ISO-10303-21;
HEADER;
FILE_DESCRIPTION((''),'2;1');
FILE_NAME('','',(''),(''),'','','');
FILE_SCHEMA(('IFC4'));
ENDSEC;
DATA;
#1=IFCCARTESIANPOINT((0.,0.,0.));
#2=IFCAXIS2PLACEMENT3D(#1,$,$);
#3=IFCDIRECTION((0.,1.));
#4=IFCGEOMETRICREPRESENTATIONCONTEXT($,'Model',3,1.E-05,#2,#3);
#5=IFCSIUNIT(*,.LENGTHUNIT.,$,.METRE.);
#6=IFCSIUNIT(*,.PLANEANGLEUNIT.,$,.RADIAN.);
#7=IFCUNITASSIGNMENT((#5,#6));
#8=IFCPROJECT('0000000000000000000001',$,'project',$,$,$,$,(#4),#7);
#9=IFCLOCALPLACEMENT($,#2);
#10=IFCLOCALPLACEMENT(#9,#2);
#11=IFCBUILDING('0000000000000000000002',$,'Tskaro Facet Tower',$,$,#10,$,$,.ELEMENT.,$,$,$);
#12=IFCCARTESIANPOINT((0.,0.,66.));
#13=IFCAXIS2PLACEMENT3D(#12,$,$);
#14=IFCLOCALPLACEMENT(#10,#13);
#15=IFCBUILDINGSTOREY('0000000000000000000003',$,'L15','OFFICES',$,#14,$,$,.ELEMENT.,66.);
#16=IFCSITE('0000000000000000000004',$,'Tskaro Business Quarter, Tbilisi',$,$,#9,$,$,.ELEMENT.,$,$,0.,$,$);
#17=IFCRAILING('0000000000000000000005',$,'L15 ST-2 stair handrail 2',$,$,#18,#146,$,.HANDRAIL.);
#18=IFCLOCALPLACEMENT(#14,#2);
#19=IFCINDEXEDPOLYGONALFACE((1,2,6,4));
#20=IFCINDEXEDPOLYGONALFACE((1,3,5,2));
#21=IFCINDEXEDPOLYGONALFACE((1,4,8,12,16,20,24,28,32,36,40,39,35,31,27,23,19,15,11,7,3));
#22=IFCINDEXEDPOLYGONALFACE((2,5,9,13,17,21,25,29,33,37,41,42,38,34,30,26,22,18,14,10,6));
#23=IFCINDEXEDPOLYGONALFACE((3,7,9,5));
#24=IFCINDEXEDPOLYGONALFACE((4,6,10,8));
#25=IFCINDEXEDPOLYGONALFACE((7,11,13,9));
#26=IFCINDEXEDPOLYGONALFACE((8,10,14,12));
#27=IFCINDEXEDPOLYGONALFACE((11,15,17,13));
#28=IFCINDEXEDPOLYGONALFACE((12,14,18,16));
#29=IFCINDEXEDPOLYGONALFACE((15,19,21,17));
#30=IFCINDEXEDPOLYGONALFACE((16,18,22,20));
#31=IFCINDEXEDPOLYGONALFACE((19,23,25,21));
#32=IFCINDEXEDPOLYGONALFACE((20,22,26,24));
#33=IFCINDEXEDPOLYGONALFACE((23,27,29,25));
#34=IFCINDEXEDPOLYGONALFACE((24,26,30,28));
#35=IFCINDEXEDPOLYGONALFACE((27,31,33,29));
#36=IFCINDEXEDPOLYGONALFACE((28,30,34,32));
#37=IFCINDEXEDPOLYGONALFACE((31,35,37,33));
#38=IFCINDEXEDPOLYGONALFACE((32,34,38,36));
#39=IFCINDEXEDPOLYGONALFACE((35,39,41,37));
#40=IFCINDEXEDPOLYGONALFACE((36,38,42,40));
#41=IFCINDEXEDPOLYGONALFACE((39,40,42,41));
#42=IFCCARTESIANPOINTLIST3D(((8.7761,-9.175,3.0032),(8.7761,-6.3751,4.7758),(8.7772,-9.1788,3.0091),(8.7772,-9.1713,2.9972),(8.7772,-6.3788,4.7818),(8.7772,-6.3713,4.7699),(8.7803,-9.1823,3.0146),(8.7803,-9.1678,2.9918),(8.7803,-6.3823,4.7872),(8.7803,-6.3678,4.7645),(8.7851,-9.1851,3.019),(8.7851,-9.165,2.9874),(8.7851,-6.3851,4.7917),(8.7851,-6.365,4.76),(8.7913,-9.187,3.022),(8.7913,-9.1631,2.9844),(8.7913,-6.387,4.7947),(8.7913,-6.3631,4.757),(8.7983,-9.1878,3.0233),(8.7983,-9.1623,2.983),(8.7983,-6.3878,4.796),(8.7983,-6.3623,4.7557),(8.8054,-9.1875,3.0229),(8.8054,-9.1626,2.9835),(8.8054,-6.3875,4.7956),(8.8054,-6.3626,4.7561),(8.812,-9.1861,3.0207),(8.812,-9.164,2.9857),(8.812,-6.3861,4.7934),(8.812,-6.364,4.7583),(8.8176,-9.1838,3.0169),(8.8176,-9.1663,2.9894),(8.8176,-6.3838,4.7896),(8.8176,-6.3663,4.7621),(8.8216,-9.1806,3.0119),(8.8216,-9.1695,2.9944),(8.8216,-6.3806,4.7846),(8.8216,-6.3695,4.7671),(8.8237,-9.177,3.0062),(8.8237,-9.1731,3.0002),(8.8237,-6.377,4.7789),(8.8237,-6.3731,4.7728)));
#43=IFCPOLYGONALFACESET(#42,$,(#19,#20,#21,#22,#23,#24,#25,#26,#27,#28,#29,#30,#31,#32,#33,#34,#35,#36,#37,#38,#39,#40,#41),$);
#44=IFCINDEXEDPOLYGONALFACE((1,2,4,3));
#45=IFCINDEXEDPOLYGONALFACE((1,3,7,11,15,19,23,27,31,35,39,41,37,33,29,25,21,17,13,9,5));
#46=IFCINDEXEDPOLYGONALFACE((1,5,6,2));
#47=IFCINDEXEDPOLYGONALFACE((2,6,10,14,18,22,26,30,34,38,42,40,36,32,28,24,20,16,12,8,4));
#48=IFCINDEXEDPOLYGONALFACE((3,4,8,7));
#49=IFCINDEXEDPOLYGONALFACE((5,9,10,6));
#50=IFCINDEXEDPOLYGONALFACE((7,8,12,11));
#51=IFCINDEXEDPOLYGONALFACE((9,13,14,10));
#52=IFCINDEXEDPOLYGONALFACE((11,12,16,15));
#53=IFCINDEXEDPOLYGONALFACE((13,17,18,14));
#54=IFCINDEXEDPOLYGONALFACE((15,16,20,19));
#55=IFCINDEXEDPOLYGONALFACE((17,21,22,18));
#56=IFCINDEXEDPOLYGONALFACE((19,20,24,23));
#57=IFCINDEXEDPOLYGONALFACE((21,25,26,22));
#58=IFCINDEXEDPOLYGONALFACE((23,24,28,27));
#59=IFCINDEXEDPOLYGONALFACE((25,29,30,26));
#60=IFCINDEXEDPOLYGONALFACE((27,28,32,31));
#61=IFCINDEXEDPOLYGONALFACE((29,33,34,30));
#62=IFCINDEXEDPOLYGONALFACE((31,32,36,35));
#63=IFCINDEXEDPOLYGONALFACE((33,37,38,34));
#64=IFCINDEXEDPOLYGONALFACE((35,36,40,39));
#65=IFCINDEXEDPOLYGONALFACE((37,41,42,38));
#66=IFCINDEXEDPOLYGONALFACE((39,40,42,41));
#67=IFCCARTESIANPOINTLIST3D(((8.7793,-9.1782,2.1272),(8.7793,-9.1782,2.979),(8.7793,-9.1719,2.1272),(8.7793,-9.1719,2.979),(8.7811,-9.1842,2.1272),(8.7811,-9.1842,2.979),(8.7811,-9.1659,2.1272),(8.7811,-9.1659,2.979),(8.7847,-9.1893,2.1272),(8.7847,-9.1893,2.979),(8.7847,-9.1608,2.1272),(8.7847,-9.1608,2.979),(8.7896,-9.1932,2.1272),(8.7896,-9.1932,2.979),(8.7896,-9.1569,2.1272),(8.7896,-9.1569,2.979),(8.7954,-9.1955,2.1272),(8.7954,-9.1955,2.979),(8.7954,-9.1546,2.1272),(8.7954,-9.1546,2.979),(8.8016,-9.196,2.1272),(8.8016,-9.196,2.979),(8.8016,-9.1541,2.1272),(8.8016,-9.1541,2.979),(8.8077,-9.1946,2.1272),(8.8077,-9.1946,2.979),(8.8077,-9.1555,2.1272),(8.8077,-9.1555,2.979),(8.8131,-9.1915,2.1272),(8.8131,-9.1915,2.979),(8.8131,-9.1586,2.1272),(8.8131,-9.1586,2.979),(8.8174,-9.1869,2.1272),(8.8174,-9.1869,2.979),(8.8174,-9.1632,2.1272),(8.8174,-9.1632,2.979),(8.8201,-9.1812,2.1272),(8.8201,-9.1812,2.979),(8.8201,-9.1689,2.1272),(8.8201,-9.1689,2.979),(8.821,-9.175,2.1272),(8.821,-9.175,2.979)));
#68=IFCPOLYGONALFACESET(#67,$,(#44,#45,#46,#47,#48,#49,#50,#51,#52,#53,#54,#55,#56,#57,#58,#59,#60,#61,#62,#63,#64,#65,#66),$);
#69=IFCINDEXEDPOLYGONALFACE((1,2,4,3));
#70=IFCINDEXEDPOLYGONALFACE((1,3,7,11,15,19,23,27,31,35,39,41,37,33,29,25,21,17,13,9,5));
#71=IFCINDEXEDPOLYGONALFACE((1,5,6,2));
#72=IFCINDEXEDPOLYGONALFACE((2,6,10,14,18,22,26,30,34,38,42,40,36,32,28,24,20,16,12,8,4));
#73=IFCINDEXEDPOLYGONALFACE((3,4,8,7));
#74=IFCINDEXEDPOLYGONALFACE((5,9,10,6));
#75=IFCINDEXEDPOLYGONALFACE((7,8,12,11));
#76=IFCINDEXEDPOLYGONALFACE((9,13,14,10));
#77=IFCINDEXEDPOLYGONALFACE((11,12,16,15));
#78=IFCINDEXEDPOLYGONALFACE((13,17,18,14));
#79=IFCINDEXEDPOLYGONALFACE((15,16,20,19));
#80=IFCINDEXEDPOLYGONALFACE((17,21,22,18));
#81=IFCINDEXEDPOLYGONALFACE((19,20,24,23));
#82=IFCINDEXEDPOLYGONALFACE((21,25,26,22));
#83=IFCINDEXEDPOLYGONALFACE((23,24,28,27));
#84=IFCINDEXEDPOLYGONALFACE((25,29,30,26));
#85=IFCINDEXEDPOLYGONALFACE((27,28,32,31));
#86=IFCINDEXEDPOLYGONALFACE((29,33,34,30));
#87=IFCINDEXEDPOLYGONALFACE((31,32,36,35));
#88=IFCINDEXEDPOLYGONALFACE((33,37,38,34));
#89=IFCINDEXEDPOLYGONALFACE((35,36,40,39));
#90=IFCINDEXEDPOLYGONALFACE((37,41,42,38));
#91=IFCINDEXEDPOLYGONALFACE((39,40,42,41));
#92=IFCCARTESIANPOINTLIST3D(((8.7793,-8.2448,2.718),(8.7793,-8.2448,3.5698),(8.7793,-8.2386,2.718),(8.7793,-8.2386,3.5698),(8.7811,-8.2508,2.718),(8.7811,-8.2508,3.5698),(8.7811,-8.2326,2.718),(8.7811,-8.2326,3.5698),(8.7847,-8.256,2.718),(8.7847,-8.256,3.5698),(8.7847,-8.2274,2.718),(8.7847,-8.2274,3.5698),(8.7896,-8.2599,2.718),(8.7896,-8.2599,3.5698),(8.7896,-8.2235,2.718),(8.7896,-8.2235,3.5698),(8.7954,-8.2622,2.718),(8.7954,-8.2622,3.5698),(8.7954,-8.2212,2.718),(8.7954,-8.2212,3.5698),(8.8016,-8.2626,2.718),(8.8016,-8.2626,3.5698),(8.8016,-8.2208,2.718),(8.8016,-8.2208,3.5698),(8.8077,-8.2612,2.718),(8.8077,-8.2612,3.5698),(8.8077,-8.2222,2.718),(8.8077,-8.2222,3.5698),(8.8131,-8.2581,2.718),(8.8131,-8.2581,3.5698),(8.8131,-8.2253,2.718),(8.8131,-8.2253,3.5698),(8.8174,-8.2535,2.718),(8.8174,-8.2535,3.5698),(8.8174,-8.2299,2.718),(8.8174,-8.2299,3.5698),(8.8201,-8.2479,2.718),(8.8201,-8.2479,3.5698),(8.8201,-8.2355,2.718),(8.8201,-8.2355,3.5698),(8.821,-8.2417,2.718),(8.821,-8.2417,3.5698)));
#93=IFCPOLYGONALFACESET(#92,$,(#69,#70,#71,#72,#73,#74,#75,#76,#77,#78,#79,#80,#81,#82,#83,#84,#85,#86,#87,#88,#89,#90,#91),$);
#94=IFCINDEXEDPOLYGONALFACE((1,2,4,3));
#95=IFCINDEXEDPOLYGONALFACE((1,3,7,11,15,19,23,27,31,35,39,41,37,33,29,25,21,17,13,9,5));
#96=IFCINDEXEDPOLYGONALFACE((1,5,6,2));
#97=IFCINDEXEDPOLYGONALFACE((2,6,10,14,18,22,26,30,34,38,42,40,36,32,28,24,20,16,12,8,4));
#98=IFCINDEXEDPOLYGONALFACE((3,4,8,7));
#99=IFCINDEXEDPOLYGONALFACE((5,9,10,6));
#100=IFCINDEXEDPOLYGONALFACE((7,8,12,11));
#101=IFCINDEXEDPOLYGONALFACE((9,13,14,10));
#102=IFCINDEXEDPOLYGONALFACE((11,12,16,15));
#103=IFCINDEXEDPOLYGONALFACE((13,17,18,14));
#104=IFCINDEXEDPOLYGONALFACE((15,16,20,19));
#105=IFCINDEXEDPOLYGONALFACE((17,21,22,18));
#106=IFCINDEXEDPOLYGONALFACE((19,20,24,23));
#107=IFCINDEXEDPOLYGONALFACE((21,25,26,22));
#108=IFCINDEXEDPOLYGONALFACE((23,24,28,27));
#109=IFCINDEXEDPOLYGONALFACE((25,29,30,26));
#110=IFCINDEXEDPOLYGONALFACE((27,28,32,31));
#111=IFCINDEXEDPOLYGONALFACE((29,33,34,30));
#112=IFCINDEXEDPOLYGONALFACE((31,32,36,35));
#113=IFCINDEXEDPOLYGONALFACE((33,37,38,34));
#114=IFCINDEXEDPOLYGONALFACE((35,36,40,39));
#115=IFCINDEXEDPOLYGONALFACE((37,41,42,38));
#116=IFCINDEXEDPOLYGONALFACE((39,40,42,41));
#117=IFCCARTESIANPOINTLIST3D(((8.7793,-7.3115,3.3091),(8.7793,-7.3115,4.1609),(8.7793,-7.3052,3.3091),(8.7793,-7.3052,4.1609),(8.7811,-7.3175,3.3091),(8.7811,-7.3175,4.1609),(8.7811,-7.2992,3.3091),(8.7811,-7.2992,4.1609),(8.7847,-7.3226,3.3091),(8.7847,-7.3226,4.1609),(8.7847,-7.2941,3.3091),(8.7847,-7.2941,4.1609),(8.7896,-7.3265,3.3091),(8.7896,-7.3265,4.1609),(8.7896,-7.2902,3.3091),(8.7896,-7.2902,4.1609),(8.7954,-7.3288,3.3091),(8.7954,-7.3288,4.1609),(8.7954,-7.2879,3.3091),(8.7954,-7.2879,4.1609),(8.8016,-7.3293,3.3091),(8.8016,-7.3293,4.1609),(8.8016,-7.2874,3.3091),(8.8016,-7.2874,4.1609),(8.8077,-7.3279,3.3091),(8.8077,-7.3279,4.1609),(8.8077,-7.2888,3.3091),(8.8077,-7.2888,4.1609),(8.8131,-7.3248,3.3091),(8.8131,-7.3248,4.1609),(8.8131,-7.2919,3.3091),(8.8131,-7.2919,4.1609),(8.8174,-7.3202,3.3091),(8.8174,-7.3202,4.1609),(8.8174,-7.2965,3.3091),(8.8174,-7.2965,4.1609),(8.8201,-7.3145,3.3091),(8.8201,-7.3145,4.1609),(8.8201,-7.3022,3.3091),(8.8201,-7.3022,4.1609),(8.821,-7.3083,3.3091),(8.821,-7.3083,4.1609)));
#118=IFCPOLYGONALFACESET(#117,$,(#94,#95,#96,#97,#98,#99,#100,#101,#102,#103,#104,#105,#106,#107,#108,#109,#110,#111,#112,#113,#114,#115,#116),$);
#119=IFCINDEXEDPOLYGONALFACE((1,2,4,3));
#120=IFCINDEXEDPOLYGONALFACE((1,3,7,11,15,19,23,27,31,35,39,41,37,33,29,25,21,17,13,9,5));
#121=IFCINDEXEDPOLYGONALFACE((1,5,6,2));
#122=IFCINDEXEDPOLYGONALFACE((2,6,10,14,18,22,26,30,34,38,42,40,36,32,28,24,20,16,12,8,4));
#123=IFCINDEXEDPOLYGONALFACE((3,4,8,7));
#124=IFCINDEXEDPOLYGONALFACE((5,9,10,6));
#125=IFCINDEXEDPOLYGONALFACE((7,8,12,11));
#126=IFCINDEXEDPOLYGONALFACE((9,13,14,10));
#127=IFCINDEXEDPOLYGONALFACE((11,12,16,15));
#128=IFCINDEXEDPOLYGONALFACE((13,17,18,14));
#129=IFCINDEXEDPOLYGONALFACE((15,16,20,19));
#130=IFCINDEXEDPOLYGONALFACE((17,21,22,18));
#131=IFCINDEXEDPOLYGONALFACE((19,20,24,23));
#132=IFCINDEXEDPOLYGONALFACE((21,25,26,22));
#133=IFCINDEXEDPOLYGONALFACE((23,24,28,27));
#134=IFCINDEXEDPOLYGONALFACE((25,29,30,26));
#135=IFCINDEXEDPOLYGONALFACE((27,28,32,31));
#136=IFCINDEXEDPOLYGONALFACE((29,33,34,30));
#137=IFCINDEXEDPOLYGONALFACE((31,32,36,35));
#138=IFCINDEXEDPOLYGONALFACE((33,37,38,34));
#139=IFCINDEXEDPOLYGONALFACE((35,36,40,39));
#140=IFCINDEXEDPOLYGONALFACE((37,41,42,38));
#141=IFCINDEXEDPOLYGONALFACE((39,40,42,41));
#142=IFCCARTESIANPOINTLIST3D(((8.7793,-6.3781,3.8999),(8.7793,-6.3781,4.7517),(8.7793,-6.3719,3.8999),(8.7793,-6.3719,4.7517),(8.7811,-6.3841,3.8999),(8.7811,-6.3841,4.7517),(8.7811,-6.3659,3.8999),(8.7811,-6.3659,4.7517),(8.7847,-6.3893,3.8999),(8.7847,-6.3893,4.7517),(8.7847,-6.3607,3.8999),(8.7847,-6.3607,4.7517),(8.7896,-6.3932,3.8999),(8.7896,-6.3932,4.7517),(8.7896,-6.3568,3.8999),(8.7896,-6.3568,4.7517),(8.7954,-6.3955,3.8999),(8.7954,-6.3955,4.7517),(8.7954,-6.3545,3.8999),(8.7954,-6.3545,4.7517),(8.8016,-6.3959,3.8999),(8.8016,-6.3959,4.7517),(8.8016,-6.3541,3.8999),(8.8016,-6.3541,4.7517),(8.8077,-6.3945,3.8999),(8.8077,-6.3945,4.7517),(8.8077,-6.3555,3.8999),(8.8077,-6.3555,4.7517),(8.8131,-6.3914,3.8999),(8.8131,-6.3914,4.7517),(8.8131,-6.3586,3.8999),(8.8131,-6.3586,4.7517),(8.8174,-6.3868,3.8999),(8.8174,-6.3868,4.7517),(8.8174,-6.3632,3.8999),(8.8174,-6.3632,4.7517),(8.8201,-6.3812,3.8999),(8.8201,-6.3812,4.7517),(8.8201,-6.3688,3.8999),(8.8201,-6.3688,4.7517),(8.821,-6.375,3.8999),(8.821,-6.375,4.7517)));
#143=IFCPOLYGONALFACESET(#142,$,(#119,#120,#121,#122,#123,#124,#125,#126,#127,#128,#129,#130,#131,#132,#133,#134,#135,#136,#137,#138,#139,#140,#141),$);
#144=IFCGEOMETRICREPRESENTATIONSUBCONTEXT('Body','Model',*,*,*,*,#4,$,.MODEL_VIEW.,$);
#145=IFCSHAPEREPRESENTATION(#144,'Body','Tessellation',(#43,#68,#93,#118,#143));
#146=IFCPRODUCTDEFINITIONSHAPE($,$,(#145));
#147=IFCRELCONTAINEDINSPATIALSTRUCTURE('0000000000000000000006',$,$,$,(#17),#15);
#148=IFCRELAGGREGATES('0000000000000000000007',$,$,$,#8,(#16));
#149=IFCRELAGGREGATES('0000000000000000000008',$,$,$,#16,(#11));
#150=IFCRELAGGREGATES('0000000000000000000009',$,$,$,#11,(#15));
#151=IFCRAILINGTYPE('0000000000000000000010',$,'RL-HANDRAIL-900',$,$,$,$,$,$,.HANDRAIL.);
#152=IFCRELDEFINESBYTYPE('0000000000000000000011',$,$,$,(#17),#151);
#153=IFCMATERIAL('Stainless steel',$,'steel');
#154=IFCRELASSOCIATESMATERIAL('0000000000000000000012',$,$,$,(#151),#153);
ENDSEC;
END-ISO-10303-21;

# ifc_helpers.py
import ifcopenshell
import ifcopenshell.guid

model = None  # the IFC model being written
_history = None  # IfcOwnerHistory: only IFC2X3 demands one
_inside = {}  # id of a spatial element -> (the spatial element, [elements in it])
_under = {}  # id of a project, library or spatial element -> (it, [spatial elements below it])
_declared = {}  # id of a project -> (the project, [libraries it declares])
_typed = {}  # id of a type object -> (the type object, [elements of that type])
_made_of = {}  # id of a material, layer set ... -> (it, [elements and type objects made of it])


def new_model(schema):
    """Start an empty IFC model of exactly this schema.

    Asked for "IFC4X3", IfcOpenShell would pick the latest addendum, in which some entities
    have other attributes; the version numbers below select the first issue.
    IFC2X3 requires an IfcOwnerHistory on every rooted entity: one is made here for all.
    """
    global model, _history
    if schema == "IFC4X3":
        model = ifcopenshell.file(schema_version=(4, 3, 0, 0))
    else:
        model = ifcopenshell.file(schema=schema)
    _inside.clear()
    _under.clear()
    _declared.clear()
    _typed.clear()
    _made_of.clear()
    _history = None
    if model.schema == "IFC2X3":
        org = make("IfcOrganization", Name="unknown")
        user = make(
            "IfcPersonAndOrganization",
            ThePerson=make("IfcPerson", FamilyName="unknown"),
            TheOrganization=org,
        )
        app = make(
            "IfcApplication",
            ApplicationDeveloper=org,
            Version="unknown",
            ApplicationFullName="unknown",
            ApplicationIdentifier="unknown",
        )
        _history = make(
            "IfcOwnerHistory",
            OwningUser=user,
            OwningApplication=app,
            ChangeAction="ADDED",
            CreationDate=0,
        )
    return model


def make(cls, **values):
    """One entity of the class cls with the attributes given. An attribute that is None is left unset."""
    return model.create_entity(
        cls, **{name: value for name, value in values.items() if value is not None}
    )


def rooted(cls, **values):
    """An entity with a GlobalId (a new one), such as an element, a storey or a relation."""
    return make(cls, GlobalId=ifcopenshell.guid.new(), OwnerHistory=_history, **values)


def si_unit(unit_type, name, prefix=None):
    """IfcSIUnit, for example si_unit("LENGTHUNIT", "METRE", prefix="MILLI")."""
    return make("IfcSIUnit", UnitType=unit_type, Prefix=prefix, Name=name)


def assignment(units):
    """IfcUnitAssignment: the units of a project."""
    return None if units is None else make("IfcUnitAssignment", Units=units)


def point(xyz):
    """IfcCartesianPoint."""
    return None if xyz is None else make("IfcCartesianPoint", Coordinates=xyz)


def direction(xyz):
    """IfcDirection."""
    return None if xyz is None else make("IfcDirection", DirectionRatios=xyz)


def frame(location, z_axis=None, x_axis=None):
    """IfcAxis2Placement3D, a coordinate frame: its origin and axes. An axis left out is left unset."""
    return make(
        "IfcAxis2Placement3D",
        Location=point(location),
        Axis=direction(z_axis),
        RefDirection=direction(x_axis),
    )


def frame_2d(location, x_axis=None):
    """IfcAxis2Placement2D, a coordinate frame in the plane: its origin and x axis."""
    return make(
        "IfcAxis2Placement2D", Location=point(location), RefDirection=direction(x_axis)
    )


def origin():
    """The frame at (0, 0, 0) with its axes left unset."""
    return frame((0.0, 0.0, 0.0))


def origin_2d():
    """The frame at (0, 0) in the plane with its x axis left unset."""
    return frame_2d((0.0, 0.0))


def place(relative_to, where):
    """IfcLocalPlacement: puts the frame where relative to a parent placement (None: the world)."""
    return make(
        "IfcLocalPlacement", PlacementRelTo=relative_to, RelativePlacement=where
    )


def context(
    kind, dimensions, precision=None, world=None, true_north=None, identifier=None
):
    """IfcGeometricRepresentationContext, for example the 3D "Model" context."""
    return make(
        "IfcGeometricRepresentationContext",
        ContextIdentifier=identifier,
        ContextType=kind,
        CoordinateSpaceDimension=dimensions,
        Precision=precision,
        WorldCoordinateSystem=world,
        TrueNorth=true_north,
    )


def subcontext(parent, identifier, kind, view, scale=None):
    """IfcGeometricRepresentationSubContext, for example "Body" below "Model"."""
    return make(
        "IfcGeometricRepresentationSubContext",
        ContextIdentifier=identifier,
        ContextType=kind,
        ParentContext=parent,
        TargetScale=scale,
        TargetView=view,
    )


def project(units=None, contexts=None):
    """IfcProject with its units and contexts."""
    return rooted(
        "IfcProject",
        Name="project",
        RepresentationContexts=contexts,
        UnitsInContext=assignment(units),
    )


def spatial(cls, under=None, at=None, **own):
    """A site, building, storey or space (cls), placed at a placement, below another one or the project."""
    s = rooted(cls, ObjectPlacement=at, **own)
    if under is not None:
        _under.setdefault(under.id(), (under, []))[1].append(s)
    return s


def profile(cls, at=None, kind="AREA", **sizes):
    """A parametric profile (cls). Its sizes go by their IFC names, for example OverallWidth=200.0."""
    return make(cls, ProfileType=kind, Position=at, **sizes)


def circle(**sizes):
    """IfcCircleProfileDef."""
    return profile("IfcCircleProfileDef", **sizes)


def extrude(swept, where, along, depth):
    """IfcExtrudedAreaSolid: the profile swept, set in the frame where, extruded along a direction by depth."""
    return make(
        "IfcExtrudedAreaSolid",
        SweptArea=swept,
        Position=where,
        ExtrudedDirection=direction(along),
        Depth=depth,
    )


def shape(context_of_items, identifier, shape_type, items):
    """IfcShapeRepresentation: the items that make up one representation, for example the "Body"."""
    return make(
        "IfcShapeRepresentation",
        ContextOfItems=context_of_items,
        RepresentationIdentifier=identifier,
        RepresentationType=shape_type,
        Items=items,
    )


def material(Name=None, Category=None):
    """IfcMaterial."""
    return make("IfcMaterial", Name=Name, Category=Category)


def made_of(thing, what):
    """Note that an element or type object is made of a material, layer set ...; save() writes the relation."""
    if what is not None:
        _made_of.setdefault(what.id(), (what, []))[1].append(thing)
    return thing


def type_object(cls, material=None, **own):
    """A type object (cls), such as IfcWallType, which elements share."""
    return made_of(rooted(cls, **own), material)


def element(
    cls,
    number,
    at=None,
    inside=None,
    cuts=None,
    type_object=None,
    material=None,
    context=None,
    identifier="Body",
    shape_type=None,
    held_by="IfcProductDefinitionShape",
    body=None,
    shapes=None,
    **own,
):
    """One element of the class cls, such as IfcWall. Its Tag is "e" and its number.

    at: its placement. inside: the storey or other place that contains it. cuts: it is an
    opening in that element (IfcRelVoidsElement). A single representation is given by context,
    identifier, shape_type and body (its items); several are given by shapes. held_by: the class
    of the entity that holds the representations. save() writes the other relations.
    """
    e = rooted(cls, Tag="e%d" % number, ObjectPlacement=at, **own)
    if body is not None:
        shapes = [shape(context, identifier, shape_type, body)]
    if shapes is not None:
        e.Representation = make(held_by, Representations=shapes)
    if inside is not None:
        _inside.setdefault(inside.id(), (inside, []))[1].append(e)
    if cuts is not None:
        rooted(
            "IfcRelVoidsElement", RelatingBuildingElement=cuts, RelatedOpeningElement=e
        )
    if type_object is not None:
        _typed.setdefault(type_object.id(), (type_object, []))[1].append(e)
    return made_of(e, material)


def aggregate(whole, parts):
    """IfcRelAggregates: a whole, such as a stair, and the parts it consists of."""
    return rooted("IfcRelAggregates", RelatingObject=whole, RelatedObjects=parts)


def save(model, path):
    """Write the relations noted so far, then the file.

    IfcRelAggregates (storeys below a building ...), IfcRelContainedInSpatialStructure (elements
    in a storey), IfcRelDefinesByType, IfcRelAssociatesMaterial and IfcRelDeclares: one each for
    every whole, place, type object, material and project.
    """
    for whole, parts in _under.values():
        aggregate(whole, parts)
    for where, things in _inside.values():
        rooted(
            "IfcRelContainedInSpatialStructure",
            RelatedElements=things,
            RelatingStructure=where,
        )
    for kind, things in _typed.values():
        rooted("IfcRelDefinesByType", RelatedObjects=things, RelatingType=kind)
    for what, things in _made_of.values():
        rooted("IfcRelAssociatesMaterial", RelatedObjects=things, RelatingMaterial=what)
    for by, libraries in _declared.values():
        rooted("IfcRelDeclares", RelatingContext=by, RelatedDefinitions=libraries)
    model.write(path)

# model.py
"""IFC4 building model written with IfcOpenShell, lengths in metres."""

from ifc_helpers import new_model, si_unit, direction, frame, origin, origin_2d, place, context, subcontext, project, spatial, circle, extrude, material, type_object, element, save


model = new_model("IFC4")

# Units and contexts
model_context = context("Model", 3, precision=1e-05, world=origin(), true_north=direction((0.0, 1.0)))
body_context = subcontext(model_context, "Body", "Model", "MODEL_VIEW")
ifc_project = project(units=[si_unit("LENGTHUNIT", "METRE"), si_unit("PLANEANGLEUNIT", "RADIAN")], contexts=[model_context])

# Site, building, storey
site_placement = place(None, origin())
site = spatial("IfcSite", under=ifc_project, at=site_placement, Name="Tskaro Business Quarter, Tbilisi", CompositionType="ELEMENT", RefElevation=0.0)
building_placement = place(site_placement, origin())
building = spatial("IfcBuilding", under=site, at=building_placement, Name="Tskaro Facet Tower", CompositionType="ELEMENT")
storey_placement = place(building_placement, frame((0.0, 0.0, 66.0)))
storey = spatial("IfcBuildingStorey", under=building, at=storey_placement, Name="L15", Description="OFFICES", CompositionType="ELEMENT", Elevation=66.0)

# Railing
ifc_material_1 = material(Name="Stainless steel", Category="steel")
railing_type_1 = type_object("IfcRailingType", Name="RL-HANDRAIL-900", PredefinedType="HANDRAIL", material=ifc_material_1)
railing_1_placement = place(storey_placement, frame((8.8, -9.175, 2.1272)))
element("IfcRailing", 1, at=railing_1_placement, inside=storey, type_object=railing_type_1, Name="L15 ST-2 stair handrail 2", PredefinedType="HANDRAIL", context=body_context, shape_type="SweptSolid", body=[
    extrude(circle(Radius=0.0239, at=origin_2d()), frame((0.0, 0.0, 0.876), z_axis=(0.0, 0.844909, 0.53491), x_axis=(-1.0, 0.0, 0.0)), (0.0, 0.0, 1.0), 3.314),
    extrude(circle(Radius=0.021, at=origin_2d()), origin(), (0.0, 0.0, 1.0), 0.8518),
    extrude(circle(Radius=0.021, at=origin_2d()), frame((0.0, 0.9333, 0.5908)), (0.0, 0.0, 1.0), 0.8518),
    extrude(circle(Radius=0.021, at=origin_2d()), frame((0.0, 1.8667, 1.1819)), (0.0, 0.0, 1.0), 0.8518),
    extrude(circle(Radius=0.021, at=origin_2d()), frame((0.0, 2.8, 1.7727)), (0.0, 0.0, 1.0), 0.8518),
])

save(model, "model.ifc")
